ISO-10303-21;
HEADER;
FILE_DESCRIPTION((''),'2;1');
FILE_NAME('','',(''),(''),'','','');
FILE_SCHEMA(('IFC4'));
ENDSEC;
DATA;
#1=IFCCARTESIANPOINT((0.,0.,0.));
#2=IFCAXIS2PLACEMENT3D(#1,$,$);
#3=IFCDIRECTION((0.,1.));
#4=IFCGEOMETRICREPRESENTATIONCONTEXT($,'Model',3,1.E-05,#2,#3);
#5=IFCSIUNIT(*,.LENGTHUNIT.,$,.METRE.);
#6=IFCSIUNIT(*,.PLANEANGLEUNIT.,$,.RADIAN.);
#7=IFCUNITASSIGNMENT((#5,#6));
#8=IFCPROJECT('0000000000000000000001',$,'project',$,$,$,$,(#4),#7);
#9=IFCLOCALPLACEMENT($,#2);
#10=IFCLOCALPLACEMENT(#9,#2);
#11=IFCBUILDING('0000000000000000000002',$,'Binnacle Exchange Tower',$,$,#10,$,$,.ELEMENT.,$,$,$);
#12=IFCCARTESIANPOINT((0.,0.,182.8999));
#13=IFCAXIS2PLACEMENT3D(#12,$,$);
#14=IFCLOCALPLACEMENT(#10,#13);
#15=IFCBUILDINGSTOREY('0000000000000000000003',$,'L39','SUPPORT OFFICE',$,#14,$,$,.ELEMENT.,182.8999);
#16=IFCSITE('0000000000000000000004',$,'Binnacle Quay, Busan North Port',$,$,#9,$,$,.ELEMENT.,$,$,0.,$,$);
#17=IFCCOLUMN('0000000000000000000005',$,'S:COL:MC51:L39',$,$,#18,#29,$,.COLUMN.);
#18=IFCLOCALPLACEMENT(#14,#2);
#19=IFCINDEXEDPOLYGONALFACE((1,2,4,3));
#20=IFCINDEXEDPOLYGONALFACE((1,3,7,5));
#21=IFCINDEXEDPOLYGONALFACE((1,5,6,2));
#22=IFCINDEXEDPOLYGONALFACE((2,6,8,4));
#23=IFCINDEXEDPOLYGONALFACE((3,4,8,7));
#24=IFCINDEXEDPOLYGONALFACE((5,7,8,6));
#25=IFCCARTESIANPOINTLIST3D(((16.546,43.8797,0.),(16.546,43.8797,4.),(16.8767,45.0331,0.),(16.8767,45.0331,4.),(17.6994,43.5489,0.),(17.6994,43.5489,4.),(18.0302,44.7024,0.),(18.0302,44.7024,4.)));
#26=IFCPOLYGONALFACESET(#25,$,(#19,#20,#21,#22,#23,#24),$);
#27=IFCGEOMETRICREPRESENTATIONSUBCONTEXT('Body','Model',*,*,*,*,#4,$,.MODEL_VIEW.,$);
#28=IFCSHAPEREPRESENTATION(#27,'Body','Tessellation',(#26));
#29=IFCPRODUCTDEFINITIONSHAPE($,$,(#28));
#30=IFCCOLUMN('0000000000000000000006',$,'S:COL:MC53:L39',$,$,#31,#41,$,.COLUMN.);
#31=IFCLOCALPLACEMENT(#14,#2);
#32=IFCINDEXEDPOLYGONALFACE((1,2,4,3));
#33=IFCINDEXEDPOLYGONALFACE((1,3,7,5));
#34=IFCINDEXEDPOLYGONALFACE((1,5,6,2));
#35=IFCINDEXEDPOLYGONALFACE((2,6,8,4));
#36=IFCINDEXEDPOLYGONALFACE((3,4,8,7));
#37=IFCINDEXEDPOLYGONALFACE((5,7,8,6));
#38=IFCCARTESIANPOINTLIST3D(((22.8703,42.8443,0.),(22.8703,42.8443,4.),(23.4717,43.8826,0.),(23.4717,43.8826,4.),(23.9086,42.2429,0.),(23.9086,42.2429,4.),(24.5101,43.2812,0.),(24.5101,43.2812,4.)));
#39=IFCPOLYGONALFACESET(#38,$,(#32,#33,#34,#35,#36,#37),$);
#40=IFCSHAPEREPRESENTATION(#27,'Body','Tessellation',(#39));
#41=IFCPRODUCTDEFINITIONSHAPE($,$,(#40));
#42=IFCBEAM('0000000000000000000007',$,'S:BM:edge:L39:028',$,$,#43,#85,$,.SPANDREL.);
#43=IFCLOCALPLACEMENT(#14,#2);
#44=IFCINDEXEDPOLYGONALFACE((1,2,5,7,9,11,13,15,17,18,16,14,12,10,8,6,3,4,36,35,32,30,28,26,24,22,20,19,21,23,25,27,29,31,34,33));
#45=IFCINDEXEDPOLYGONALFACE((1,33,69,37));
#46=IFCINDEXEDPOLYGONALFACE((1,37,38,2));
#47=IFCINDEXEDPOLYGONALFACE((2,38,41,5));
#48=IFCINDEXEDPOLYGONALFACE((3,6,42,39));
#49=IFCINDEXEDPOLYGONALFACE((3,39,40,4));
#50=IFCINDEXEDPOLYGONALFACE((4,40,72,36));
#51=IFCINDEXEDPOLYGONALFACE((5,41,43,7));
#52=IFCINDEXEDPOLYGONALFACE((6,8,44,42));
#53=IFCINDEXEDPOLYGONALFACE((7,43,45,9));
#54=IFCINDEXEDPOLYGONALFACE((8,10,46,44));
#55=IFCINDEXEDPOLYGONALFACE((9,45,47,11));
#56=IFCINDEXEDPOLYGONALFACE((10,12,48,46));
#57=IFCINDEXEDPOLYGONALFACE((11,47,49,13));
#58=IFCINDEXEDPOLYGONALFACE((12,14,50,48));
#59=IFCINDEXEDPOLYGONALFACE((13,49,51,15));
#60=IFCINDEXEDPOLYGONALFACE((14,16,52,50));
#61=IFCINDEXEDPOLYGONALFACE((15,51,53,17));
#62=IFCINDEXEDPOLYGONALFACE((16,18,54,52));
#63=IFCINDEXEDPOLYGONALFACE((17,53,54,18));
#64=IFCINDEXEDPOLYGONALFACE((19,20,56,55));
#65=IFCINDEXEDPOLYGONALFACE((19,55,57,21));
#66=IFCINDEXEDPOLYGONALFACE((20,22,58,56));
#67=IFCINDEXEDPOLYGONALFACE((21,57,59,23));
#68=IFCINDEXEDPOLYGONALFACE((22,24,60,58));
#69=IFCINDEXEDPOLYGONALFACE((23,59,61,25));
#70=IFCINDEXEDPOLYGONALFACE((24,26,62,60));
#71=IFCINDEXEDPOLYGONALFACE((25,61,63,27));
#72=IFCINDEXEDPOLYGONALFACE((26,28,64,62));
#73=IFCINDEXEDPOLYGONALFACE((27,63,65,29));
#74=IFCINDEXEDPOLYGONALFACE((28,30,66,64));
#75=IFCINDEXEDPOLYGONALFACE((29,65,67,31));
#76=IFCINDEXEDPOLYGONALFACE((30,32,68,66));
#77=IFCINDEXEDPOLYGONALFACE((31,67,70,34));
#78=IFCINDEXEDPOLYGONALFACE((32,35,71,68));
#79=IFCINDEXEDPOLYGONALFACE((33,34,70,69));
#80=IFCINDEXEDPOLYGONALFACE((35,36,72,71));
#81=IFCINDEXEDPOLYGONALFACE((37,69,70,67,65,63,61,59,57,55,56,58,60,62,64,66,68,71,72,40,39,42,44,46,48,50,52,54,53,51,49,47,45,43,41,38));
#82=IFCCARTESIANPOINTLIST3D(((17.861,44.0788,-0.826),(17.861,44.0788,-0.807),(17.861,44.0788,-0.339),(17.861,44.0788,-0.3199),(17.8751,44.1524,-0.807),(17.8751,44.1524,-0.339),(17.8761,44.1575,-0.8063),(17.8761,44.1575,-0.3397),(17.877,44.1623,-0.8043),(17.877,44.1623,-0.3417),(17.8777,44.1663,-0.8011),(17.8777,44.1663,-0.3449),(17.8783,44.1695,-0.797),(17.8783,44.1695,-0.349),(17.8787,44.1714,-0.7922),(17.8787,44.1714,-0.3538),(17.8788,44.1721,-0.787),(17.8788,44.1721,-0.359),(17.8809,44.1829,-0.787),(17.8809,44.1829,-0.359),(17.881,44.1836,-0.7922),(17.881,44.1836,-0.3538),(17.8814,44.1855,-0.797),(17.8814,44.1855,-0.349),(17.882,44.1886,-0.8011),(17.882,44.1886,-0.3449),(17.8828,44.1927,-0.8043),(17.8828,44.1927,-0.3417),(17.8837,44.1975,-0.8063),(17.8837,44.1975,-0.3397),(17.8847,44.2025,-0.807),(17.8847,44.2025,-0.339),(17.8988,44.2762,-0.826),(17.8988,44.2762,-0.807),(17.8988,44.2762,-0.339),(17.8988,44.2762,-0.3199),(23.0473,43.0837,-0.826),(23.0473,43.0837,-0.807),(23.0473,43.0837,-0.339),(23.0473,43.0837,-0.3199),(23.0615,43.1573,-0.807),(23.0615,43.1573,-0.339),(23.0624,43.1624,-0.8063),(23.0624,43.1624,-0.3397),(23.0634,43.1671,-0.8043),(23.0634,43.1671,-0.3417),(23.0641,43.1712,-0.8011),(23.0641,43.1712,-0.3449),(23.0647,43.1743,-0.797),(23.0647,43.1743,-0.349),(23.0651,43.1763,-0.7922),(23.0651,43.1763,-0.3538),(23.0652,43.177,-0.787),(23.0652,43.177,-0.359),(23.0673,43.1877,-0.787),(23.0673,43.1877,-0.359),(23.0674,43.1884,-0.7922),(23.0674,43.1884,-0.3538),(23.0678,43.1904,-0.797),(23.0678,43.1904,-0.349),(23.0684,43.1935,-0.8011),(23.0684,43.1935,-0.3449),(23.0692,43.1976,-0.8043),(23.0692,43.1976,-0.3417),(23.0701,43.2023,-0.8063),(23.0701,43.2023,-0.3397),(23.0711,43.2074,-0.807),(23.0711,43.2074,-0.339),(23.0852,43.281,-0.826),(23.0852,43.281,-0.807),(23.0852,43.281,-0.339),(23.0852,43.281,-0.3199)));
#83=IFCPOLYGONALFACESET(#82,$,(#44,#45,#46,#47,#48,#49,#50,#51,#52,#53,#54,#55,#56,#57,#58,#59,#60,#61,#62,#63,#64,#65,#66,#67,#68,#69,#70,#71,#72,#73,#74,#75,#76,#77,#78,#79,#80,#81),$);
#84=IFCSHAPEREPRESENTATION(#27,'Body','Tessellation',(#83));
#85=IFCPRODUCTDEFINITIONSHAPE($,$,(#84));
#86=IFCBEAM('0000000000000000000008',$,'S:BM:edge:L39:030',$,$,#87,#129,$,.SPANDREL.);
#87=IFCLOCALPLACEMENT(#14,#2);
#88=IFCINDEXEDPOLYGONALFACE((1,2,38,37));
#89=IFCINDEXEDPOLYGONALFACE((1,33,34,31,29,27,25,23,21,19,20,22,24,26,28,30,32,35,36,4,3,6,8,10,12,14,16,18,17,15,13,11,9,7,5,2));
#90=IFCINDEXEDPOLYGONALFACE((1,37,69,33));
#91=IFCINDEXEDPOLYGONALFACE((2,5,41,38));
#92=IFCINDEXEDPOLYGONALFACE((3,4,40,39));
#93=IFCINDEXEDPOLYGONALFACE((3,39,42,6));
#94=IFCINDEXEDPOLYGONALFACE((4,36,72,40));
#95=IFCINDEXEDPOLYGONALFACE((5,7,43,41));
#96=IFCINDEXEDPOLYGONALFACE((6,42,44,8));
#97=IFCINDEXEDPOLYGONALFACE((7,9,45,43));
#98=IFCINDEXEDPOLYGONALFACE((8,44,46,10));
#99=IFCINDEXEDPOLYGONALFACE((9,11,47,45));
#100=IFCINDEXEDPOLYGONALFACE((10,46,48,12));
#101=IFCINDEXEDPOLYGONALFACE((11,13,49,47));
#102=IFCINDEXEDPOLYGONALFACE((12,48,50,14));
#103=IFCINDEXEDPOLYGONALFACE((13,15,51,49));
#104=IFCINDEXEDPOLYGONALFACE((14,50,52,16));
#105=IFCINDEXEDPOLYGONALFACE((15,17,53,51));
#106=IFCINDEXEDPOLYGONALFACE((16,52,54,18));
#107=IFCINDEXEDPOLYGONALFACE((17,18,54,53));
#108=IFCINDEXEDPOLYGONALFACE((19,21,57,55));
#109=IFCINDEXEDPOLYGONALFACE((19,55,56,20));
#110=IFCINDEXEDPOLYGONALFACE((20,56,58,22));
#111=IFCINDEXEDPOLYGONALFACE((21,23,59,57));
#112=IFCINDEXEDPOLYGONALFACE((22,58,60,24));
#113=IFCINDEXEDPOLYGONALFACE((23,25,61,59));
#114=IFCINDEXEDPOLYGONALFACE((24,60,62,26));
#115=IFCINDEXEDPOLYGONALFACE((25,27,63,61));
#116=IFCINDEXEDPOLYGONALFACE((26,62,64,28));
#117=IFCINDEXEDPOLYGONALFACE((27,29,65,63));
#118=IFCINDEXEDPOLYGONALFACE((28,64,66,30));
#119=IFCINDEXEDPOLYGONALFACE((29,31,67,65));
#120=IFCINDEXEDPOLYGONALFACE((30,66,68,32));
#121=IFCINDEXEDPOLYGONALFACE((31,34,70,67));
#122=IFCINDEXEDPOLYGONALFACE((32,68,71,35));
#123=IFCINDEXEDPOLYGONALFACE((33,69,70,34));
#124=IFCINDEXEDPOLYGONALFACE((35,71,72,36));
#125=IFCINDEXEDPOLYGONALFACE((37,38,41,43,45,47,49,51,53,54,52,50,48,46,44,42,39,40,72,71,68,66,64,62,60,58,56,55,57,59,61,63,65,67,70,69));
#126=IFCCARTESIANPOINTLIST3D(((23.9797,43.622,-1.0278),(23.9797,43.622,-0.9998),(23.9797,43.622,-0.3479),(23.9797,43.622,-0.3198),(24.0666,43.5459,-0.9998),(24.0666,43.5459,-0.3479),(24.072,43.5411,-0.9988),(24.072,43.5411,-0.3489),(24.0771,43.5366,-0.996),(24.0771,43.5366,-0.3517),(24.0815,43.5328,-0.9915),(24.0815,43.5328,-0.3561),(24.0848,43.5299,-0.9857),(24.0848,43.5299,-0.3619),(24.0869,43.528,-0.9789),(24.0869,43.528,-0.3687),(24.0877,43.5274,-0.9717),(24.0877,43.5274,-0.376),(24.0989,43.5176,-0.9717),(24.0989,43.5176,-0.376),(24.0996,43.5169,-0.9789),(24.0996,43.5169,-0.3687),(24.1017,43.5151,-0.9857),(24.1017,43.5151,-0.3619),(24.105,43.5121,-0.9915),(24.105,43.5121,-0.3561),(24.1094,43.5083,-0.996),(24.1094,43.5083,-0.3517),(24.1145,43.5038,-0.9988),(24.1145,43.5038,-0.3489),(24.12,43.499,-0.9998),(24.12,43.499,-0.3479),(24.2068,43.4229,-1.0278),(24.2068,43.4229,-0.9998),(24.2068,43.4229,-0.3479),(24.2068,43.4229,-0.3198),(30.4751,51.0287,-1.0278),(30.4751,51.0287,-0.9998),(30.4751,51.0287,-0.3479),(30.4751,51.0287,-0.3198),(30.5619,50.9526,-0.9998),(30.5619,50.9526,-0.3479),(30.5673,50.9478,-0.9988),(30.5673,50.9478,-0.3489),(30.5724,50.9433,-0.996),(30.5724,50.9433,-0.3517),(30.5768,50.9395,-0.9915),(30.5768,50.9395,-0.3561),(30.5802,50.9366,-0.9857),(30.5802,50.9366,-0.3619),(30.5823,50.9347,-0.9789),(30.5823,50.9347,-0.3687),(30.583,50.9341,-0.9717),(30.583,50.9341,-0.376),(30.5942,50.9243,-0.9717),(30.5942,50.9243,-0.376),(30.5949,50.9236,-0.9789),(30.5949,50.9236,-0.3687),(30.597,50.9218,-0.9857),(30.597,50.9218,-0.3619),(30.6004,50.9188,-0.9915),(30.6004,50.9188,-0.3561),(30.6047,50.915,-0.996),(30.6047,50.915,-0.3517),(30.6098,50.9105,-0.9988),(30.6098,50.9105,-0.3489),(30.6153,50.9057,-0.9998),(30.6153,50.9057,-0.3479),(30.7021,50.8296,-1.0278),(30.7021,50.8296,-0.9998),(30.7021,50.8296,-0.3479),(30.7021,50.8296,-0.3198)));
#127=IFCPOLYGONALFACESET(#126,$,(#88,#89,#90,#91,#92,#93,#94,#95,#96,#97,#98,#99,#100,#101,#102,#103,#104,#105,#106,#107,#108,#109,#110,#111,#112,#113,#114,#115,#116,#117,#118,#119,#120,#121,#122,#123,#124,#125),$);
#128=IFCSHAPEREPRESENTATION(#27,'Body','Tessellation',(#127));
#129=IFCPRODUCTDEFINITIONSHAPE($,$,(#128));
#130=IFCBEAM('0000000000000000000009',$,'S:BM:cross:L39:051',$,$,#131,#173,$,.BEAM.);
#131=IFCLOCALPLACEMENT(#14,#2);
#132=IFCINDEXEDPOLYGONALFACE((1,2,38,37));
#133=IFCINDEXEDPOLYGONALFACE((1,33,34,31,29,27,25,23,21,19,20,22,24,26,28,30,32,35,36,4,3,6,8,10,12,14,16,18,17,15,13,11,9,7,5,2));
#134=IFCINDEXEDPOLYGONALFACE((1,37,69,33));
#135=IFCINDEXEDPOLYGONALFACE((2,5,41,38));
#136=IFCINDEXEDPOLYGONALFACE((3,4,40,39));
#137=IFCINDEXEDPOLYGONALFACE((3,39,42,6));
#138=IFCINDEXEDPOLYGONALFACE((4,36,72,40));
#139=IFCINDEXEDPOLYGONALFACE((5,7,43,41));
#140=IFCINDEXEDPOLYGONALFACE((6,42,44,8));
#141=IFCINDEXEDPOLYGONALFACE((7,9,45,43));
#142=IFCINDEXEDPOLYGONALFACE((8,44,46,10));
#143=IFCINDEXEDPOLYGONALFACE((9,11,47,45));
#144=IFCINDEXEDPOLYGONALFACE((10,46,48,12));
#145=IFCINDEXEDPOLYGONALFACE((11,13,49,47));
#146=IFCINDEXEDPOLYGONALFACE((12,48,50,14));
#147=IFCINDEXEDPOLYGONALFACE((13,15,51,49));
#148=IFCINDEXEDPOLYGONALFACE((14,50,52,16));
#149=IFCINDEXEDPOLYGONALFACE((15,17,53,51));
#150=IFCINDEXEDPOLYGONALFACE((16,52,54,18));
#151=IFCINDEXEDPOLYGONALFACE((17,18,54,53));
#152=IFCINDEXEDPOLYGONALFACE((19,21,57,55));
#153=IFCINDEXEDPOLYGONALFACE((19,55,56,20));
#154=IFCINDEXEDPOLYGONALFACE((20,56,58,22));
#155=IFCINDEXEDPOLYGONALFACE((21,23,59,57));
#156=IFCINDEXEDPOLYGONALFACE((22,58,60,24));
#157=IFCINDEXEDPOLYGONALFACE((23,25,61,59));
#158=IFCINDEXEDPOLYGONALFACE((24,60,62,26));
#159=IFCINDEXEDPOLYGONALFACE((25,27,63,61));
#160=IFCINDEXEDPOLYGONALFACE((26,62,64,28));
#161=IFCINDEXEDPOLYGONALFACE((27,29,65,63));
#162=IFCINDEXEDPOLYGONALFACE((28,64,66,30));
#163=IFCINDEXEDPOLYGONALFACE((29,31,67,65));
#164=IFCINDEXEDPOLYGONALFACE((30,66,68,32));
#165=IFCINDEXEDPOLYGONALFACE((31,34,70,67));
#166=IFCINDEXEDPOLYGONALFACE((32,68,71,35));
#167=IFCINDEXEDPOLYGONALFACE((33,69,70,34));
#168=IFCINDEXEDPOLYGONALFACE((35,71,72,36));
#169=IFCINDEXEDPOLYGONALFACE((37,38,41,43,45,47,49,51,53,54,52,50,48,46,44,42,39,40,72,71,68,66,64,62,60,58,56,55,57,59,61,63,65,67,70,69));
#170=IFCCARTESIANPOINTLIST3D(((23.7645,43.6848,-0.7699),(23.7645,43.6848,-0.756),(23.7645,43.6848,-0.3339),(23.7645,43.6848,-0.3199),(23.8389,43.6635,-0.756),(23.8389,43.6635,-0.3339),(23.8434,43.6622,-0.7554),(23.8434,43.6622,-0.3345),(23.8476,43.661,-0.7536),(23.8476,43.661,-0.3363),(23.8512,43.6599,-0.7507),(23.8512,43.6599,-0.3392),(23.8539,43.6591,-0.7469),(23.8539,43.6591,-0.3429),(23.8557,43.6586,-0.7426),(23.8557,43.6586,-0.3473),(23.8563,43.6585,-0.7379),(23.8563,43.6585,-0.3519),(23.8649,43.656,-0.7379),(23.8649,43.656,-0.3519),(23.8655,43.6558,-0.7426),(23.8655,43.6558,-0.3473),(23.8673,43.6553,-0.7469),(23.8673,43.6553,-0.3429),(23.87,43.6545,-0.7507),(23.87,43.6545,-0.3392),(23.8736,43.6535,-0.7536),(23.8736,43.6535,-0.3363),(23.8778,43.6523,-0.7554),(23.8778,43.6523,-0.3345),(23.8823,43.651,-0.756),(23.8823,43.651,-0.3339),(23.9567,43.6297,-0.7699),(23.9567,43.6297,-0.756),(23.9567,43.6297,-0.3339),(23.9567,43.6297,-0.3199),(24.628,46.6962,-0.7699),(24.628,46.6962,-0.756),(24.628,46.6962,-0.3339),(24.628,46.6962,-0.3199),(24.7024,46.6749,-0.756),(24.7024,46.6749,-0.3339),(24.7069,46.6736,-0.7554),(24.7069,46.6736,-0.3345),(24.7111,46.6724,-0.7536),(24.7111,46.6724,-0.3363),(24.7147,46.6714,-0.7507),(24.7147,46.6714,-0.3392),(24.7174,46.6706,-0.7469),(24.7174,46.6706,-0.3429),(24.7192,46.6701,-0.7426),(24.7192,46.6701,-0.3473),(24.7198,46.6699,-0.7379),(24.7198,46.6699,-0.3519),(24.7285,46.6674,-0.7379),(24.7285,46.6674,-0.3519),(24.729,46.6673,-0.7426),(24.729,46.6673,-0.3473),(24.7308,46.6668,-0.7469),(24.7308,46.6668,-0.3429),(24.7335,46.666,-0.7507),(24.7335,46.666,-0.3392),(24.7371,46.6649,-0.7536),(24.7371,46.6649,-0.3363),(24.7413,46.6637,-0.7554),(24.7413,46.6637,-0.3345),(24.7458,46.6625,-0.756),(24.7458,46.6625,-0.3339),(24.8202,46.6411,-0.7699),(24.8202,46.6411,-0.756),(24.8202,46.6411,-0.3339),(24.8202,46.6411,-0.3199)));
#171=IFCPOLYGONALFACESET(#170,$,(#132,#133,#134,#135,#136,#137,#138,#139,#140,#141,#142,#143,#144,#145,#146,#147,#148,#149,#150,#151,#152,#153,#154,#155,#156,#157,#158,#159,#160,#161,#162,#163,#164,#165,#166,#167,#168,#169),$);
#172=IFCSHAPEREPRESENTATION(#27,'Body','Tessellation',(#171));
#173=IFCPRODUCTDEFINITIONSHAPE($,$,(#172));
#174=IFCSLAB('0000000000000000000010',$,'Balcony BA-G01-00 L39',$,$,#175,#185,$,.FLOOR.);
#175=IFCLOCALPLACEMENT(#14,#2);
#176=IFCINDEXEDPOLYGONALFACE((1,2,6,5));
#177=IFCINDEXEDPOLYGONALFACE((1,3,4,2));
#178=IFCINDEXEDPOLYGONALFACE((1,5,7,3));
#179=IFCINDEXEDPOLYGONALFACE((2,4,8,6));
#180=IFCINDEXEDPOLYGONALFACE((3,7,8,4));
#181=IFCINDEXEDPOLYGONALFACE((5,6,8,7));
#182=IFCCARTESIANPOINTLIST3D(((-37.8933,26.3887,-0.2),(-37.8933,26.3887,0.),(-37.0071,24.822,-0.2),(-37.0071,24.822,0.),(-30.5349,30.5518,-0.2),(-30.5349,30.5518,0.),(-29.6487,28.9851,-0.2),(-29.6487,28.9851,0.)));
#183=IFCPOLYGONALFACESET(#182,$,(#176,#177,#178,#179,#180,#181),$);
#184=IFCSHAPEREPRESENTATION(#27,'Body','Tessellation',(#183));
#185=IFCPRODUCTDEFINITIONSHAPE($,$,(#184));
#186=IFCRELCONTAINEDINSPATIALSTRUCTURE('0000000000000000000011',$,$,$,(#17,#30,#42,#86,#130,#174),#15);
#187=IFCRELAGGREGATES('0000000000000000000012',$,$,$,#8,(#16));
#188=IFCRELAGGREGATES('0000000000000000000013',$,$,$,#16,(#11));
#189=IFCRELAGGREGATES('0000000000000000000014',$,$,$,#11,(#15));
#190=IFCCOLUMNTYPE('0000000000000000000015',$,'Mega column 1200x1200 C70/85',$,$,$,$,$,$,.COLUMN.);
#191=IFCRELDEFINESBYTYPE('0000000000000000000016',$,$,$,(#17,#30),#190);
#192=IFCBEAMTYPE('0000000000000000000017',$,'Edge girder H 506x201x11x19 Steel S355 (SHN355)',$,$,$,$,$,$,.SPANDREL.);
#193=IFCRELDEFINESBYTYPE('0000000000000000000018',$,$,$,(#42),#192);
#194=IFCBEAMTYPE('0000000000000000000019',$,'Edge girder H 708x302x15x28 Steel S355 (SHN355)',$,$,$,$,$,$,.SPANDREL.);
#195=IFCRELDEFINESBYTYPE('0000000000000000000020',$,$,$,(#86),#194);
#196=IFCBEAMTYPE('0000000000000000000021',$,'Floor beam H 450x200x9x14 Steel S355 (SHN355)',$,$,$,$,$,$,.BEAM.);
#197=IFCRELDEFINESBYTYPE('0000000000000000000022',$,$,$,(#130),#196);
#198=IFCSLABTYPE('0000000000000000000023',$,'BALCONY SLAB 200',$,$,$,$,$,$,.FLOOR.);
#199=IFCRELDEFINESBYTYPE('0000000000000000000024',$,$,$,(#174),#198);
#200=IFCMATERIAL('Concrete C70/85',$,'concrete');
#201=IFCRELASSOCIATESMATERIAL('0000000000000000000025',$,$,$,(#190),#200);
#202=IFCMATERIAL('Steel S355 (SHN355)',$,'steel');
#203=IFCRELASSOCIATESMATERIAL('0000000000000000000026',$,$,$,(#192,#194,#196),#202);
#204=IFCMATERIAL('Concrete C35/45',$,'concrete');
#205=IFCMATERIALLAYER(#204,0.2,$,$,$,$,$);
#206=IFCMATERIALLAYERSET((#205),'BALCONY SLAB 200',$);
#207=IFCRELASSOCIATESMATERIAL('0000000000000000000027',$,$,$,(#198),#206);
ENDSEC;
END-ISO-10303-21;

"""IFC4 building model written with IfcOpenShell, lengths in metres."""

from ifc_helpers import new_model, si_unit, direction, frame, origin, origin_2d, place, context, subcontext, project, spatial, polyline, rectangle, i_section, outline, extrude, material, layer, layer_set, material_profile, profile_set, type_object, element, save


model = new_model("IFC4")

# Units and contexts
model_context = context("Model", 3, precision=1e-05, world=origin(), true_north=direction((0.0, 1.0)))
body_context = subcontext(model_context, "Body", "Model", "MODEL_VIEW")
ifc_project = project(units=[si_unit("LENGTHUNIT", "METRE"), si_unit("PLANEANGLEUNIT", "RADIAN")], contexts=[model_context])

# Site, building, storey
site_placement = place(None, origin())
site = spatial("IfcSite", under=ifc_project, at=site_placement, Name="Binnacle Quay, Busan North Port", CompositionType="ELEMENT", RefElevation=0.0)
building_placement = place(site_placement, origin())
building = spatial("IfcBuilding", under=site, at=building_placement, Name="Binnacle Exchange Tower", CompositionType="ELEMENT")
storey_placement = place(building_placement, frame((0.0, 0.0, 182.8999)))
storey = spatial("IfcBuildingStorey", under=building, at=storey_placement, Name="L39", Description="SUPPORT OFFICE", CompositionType="ELEMENT", Elevation=182.8999)

# Columns
ifc_material_1 = material(Name="Concrete C70/85", Category="concrete")
ifc_material_profile_1 = material_profile(ifc_material_1, rectangle(XDim=1.2, YDim=1.2, at=origin_2d()), Name="Mega column 1200x1200 C70/85")
ifc_profile_set_1 = profile_set([ifc_material_profile_1], Name="Concrete C70/85")
column_type = type_object("IfcColumnType", Name="Mega column 1200x1200 C70/85", PredefinedType="COLUMN", material=ifc_profile_set_1)
for number, where, z_axis, x_axis, name in (
    (1, (17.2881, 44.291, 0.0), (0.0, 0.0, 1.0), (0.961262, -0.275637, 0.0), "S:COL:MC51:L39"),
    (2, (23.6902, 43.0627, 0.0), (0.0, 0.0, 1.0), (-0.865326, 0.501209, 0.0), "S:COL:MC53:L39"),
):
    element("IfcColumn", number, at=place(storey_placement, frame(where, z_axis=z_axis, x_axis=x_axis)), inside=storey, type_object=column_type, Name=name, PredefinedType="COLUMN", context=body_context, shape_type="SweptSolid", body=[
        extrude(rectangle(XDim=1.2, YDim=1.2, at=origin_2d()), origin(), (0.0, 0.0, 1.0), 4.0),
    ])

# Beams
ifc_material_2 = material(Name="Steel S355 (SHN355)", Category="steel")
ifc_material_profile_2 = material_profile(ifc_material_2, i_section(OverallWidth=0.2009, OverallDepth=0.5061, WebThickness=0.011, FlangeThickness=0.019, FilletRadius=0.02, at=origin_2d()), Name="H 506x201x11x19")
ifc_profile_set_2 = profile_set([ifc_material_profile_2], Name="Steel S355 (SHN355)")
beam_type_1 = type_object("IfcBeamType", Name="Edge girder H 506x201x11x19 Steel S355 (SHN355)", PredefinedType="SPANDREL", material=ifc_profile_set_2)
beam_1_placement = place(storey_placement, frame((17.8799, 44.1775, -0.573), z_axis=(0.982085, -0.188438, 0.0), x_axis=(0.188438, 0.982085, 0.0)))
element("IfcBeam", 3, at=beam_1_placement, inside=storey, type_object=beam_type_1, Name="S:BM:edge:L39:028", PredefinedType="SPANDREL", context=body_context, shape_type="SweptSolid", body=[
    extrude(i_section(OverallWidth=0.2009, OverallDepth=0.5061, WebThickness=0.011, FlangeThickness=0.019, FilletRadius=0.02, at=origin_2d()), origin(), (0.0, 0.0, 1.0), 5.281),
])
ifc_material_profile_3 = material_profile(ifc_material_2, i_section(OverallWidth=0.302, OverallDepth=0.708, WebThickness=0.0149, FlangeThickness=0.0281, FilletRadius=0.0281, at=origin_2d()), Name="H 708x302x15x28")
ifc_profile_set_3 = profile_set([ifc_material_profile_3], Name="Steel S355 (SHN355)")
beam_type_2 = type_object("IfcBeamType", Name="Edge girder H 708x302x15x28 Steel S355 (SHN355)", PredefinedType="SPANDREL", material=ifc_profile_set_3)
beam_2_placement = place(storey_placement, frame((24.0933, 43.5225, -0.6738), z_axis=(0.659336, 0.751849, 0.0), x_axis=(-0.751849, 0.659336, 0.0)))
element("IfcBeam", 4, at=beam_2_placement, inside=storey, type_object=beam_type_2, Name="S:BM:edge:L39:030", PredefinedType="SPANDREL", context=body_context, shape_type="SweptSolid", body=[
    extrude(i_section(OverallWidth=0.302, OverallDepth=0.708, WebThickness=0.0149, FlangeThickness=0.0281, FilletRadius=0.0281, at=origin_2d()), origin(), (0.0, 0.0, 1.0), 9.8513),
])
ifc_material_profile_4 = material_profile(ifc_material_2, i_section(OverallWidth=0.2, OverallDepth=0.45, WebThickness=0.009, FlangeThickness=0.0139, FilletRadius=0.0181, at=origin_2d()), Name="H 450x200x9x14")
ifc_profile_set_4 = profile_set([ifc_material_profile_4], Name="Steel S355 (SHN355)")
beam_type_3 = type_object("IfcBeamType", Name="Floor beam H 450x200x9x14 Steel S355 (SHN355)", PredefinedType="BEAM", material=ifc_profile_set_4)
beam_3_placement = place(storey_placement, frame((23.8606, 43.6572, -0.5449), z_axis=(0.275637, 0.961262, 0.0), x_axis=(-0.961262, 0.275637, 0.0)))
element("IfcBeam", 5, at=beam_3_placement, inside=storey, type_object=beam_type_3, Name="S:BM:cross:L39:051", PredefinedType="BEAM", context=body_context, shape_type="SweptSolid", body=[
    extrude(i_section(OverallWidth=0.2, OverallDepth=0.45, WebThickness=0.009, FlangeThickness=0.0139, FilletRadius=0.0181, at=origin_2d()), origin(), (0.0, 0.0, 1.0), 3.1328),
])

# Slab
ifc_material_3 = material(Name="Concrete C35/45", Category="concrete")
ifc_layer_1 = layer(ifc_material_3, 0.2)
ifc_layer_set_1 = layer_set([ifc_layer_1], Name="BALCONY SLAB 200")
slab_type_1 = type_object("IfcSlabType", Name="BALCONY SLAB 200", PredefinedType="FLOOR", material=ifc_layer_set_1)
slab_1_placement = place(storey_placement, frame((0.0, 0.0, -0.2)))
element("IfcSlab", 6, at=slab_1_placement, inside=storey, type_object=slab_type_1, Name="Balcony BA-G01-00 L39", PredefinedType="FLOOR", context=body_context, shape_type="SweptSolid", body=[
    extrude(outline(polyline([(-37.8933, 26.3887), (-30.5349, 30.5518), (-29.6487, 28.9851), (-37.0071, 24.822), (-37.8933, 26.3887)])), origin(), (0.0, 0.0, 1.0), 0.2),
])

save(model, "model.ifc")
